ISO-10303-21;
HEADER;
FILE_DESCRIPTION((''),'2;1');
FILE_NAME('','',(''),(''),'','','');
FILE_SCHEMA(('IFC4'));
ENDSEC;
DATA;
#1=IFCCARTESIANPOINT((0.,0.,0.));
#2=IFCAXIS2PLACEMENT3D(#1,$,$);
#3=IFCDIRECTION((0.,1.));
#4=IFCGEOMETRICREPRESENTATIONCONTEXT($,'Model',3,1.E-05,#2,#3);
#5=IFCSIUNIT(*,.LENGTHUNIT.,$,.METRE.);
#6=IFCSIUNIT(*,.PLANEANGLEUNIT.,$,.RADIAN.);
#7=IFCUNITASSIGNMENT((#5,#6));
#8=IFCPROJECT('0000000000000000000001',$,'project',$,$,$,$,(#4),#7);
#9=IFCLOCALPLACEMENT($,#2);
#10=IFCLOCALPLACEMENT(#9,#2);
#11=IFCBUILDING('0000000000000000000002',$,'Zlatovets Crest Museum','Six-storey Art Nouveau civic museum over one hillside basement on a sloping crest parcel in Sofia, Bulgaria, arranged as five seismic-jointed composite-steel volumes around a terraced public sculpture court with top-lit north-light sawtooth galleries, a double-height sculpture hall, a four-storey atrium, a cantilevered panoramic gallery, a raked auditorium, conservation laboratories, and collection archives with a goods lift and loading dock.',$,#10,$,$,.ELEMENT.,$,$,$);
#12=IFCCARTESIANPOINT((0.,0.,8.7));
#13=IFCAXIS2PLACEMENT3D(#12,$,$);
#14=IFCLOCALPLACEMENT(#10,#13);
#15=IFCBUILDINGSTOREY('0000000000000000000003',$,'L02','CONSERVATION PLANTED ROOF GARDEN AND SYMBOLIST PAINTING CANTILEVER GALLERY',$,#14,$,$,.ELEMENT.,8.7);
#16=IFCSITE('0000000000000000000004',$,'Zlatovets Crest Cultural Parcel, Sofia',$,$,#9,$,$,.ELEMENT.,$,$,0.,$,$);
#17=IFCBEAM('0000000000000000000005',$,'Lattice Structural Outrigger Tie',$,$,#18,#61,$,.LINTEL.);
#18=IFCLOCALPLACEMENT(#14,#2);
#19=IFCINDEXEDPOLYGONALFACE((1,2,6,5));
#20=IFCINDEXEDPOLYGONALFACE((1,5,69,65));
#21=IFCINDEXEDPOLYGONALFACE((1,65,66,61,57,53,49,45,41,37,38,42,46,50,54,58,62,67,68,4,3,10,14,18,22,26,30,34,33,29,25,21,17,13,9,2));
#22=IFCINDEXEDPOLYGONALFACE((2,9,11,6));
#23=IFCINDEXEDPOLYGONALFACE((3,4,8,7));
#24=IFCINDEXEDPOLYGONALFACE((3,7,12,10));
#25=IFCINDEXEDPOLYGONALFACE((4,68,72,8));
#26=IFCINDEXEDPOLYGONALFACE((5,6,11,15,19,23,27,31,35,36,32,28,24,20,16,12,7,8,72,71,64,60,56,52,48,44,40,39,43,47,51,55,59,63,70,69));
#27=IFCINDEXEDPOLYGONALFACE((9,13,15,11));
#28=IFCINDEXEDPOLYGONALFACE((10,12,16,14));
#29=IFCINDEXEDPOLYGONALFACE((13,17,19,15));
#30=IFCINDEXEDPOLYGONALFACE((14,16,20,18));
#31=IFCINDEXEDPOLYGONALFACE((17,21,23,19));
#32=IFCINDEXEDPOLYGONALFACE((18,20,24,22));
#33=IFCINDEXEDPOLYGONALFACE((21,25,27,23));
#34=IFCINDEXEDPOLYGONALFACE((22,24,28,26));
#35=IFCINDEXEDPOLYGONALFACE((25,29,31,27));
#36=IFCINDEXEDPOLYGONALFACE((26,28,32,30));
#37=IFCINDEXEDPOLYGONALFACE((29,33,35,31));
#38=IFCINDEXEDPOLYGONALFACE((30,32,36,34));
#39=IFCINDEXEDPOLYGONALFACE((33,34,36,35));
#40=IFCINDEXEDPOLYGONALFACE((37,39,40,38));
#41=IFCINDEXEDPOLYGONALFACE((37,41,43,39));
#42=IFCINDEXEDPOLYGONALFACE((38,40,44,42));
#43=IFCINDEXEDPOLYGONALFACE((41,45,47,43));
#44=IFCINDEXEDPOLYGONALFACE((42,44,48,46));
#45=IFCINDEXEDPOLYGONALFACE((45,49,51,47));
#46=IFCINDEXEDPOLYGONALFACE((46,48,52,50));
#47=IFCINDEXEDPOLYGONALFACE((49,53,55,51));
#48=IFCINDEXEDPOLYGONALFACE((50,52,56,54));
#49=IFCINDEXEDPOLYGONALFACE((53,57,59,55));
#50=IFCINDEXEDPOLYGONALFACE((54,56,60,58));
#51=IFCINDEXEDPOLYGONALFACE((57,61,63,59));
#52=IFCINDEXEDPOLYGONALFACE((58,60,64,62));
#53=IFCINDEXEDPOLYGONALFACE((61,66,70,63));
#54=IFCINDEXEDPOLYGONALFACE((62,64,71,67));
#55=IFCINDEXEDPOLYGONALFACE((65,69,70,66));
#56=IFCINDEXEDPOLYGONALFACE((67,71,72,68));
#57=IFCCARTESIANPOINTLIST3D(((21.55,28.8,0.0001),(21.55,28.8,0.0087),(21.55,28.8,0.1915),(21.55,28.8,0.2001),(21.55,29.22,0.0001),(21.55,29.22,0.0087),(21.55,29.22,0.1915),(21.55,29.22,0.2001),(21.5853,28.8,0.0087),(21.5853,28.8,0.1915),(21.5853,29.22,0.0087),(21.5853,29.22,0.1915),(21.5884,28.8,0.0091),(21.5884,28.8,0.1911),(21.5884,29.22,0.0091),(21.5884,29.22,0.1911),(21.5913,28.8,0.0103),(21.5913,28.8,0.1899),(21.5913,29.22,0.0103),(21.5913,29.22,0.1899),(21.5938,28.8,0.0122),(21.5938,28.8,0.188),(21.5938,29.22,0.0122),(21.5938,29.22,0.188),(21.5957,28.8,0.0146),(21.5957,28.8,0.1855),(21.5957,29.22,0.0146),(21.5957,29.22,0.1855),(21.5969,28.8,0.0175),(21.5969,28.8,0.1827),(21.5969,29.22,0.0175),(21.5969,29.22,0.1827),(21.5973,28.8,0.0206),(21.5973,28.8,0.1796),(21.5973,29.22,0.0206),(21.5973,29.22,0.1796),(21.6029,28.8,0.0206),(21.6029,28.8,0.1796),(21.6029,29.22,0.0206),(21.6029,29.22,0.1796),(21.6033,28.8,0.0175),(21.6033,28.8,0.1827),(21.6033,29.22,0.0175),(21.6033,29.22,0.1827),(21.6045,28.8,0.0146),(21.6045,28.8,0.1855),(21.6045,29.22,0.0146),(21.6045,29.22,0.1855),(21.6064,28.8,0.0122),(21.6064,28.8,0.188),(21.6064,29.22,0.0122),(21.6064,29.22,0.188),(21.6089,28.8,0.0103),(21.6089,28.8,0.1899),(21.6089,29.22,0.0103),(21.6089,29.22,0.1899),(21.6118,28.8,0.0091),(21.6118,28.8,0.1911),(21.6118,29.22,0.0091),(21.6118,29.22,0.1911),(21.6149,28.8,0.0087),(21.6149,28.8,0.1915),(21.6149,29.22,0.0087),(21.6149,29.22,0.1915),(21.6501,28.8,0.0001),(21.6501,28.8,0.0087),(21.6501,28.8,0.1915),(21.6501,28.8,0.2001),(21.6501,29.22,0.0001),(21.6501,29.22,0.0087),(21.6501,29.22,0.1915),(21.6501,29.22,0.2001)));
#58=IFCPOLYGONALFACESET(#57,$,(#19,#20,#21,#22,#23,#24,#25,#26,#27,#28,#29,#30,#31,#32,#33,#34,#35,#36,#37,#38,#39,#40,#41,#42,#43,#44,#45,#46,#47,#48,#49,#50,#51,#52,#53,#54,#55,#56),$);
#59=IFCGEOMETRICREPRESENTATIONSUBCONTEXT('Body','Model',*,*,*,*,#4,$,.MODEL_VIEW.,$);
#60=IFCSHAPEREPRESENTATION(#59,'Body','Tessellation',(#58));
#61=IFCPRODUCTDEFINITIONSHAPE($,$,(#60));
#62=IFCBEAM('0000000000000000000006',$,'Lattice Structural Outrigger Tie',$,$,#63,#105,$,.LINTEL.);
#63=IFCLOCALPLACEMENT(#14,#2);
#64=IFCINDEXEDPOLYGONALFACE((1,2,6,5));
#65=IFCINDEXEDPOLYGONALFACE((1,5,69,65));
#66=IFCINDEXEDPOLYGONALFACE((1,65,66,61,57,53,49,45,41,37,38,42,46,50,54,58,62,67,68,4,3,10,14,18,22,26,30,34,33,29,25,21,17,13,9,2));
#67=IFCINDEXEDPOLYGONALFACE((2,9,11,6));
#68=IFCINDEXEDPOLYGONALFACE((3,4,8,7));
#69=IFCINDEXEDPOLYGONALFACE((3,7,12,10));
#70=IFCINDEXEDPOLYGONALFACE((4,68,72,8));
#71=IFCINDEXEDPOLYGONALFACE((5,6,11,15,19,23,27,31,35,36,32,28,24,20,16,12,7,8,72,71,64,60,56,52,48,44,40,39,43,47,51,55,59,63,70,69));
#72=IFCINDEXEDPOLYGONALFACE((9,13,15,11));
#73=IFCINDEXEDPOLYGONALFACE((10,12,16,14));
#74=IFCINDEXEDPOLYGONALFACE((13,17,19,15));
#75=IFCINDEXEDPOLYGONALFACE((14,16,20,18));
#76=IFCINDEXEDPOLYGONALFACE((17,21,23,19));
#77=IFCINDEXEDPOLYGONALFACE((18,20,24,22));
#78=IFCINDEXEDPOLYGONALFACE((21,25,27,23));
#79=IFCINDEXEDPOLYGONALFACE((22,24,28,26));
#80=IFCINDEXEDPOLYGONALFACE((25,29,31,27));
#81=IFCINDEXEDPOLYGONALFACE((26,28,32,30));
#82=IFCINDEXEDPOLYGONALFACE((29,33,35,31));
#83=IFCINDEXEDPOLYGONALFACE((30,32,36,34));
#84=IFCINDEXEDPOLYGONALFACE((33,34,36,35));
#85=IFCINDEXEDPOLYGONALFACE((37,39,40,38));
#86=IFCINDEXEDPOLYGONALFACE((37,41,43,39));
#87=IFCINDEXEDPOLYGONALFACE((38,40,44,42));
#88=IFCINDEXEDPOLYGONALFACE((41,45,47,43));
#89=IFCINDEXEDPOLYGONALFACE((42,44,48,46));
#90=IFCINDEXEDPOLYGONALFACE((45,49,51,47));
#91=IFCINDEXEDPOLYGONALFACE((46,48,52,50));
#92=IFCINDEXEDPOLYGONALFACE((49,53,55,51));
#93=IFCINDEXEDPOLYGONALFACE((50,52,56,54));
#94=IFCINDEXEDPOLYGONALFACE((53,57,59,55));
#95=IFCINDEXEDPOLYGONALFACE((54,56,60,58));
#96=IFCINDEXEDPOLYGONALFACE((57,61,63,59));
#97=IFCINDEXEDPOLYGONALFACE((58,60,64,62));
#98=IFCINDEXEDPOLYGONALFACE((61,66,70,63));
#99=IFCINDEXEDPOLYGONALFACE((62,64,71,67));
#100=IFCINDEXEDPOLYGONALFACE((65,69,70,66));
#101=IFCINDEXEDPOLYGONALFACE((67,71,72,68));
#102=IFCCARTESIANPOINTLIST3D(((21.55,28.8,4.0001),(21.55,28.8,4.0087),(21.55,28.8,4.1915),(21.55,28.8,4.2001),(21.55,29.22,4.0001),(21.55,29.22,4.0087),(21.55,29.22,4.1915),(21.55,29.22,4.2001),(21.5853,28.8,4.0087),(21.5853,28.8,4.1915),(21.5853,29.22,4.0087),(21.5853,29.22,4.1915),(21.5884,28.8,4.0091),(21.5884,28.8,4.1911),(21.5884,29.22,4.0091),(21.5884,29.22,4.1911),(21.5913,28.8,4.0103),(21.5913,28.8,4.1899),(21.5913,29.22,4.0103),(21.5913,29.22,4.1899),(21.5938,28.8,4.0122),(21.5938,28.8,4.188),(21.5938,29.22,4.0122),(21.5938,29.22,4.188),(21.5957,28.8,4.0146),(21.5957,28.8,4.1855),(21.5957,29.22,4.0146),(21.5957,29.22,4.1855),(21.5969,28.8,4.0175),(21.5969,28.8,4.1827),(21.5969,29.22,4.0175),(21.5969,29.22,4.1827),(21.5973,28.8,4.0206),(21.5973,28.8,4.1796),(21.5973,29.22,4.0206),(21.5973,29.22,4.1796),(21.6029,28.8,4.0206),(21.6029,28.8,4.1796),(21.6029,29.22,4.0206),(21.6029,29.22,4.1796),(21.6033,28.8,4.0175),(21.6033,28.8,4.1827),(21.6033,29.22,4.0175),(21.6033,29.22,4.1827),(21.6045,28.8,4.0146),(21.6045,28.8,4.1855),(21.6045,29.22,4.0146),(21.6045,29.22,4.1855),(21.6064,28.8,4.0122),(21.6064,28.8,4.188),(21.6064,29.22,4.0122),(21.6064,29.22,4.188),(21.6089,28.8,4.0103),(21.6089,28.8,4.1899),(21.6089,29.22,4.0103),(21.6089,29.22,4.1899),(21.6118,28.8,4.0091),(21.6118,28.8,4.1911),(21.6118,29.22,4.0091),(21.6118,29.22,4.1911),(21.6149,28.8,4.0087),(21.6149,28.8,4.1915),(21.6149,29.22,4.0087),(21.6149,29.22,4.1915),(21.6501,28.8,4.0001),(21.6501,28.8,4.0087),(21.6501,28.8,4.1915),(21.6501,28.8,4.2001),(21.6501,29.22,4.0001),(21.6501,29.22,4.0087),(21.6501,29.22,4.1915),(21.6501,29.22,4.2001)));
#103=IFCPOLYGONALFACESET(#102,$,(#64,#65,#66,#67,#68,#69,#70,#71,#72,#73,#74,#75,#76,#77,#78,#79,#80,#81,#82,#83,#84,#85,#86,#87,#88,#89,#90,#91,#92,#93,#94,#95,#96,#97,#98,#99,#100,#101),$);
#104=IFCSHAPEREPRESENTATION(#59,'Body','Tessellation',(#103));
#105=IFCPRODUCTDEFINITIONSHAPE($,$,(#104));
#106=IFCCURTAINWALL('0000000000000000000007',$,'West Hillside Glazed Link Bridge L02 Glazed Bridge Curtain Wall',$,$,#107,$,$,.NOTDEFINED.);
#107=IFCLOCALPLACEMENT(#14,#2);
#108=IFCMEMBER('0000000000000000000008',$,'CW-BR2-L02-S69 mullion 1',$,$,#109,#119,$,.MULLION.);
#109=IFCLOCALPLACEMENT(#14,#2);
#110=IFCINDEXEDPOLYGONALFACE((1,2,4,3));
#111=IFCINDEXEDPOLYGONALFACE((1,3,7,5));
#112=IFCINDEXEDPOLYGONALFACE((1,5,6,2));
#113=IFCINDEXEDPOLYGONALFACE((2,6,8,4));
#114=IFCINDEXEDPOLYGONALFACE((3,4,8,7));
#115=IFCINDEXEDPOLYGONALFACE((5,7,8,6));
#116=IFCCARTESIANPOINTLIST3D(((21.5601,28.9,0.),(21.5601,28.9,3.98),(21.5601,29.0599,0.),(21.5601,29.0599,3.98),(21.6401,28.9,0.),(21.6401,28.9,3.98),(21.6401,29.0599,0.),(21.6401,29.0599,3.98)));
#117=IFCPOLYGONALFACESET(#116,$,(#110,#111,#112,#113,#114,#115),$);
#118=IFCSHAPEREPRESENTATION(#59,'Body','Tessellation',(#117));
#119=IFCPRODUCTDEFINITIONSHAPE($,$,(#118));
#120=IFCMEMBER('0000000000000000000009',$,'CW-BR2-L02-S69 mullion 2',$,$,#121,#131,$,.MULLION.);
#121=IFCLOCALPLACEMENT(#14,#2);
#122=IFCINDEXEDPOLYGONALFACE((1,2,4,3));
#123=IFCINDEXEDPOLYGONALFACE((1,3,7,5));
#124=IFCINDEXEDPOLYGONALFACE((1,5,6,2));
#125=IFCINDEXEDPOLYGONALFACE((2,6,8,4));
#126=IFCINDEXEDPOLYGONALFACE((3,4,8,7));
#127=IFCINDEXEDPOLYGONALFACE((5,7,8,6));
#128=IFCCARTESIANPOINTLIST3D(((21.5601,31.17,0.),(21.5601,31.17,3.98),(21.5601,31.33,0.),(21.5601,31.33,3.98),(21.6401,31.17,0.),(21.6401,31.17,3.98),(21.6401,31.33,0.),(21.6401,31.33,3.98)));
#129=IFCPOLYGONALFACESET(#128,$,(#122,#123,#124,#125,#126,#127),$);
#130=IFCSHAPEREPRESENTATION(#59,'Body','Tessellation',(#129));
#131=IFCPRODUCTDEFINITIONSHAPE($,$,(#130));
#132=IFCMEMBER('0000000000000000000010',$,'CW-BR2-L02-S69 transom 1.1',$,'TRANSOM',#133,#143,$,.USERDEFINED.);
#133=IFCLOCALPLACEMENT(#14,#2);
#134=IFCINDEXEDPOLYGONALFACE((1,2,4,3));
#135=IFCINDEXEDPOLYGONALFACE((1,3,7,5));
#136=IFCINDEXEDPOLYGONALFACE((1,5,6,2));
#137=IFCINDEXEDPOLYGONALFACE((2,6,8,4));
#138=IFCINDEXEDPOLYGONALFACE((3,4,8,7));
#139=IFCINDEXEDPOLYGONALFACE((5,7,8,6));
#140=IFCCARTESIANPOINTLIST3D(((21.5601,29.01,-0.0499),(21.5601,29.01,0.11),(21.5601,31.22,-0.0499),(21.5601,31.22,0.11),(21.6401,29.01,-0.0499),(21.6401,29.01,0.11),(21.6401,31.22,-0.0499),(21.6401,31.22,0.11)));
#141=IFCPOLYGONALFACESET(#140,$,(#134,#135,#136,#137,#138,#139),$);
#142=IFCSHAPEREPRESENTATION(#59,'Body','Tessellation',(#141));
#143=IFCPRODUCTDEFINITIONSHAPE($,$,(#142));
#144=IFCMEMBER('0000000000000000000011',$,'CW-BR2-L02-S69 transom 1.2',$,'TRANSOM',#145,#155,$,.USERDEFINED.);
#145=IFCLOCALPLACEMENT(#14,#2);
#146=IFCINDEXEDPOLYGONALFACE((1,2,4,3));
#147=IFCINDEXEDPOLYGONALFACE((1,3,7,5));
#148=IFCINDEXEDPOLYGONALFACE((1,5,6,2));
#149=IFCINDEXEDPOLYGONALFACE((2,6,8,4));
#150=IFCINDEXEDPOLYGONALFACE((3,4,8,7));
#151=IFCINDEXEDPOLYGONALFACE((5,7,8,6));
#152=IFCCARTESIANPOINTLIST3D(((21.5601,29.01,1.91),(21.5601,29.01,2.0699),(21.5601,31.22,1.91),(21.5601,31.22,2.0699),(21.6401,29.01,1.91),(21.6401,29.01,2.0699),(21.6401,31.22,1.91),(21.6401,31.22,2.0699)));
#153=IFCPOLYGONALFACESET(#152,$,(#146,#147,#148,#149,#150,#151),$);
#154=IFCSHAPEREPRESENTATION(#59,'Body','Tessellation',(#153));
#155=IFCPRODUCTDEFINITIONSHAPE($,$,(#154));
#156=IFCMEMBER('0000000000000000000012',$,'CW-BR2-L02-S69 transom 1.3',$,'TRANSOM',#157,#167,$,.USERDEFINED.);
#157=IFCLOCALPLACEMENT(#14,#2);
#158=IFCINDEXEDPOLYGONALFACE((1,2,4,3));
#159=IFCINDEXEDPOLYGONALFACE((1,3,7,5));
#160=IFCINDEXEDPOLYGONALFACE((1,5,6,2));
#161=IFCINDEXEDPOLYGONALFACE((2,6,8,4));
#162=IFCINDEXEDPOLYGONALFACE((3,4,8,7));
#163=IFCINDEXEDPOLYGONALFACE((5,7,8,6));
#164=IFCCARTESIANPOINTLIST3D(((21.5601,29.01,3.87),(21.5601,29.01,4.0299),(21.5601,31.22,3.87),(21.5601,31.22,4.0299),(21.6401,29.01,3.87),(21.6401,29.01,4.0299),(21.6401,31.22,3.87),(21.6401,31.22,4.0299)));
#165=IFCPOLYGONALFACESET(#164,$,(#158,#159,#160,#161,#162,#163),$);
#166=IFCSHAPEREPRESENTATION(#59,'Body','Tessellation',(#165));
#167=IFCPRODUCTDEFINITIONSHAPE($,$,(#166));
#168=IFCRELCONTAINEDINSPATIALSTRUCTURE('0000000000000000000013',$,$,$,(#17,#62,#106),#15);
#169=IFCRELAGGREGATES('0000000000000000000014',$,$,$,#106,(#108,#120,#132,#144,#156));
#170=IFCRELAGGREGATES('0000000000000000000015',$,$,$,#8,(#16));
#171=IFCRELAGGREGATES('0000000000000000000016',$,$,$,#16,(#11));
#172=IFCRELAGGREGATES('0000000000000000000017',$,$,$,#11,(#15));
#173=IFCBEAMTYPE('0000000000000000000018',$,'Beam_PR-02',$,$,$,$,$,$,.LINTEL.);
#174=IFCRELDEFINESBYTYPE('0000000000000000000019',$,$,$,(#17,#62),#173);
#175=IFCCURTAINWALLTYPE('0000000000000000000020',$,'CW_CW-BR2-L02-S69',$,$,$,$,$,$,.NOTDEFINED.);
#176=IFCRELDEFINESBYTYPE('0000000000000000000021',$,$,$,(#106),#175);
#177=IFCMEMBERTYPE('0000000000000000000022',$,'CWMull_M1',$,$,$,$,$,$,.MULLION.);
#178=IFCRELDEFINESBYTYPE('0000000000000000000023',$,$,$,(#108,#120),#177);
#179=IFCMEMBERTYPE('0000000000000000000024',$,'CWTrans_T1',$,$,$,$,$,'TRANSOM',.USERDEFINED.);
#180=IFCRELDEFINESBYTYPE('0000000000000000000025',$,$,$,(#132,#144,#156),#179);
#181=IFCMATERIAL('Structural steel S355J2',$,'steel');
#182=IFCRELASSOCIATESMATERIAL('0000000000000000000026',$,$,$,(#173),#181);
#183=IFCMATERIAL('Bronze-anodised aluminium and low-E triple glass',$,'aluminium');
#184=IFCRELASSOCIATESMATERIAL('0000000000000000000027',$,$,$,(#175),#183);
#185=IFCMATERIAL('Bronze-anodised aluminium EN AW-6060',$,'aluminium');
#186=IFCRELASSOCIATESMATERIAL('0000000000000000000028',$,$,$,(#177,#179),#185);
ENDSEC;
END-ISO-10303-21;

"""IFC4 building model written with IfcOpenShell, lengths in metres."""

from ifc_helpers import new_model, si_unit, direction, frame, origin, origin_2d, place, context, subcontext, project, spatial, rectangle, i_section, extrude, material, material_profile, profile_set, type_object, element, aggregate, save


model = new_model("IFC4")

# Units and contexts
model_context = context("Model", 3, precision=1e-05, world=origin(), true_north=direction((0.0, 1.0)))
body_context = subcontext(model_context, "Body", "Model", "MODEL_VIEW")
ifc_project = project(units=[si_unit("LENGTHUNIT", "METRE"), si_unit("PLANEANGLEUNIT", "RADIAN")], contexts=[model_context])

# Site, building, storey
site_placement = place(None, origin())
site = spatial("IfcSite", under=ifc_project, at=site_placement, Name="Zlatovets Crest Cultural Parcel, Sofia", CompositionType="ELEMENT", RefElevation=0.0)
building_placement = place(site_placement, origin())
building = spatial("IfcBuilding", under=site, at=building_placement, Name="Zlatovets Crest Museum", Description="Six-storey Art Nouveau civic museum over one hillside basement on a sloping crest parcel in Sofia, Bulgaria, arranged as five seismic-jointed composite-steel volumes around a terraced public sculpture court with top-lit north-light sawtooth galleries, a double-height sculpture hall, a four-storey atrium, a cantilevered panoramic gallery, a raked auditorium, conservation laboratories, and collection archives with a goods lift and loading dock.", CompositionType="ELEMENT")
storey_placement = place(building_placement, frame((0.0, 0.0, 8.7)))
storey = spatial("IfcBuildingStorey", under=building, at=storey_placement, Name="L02", Description="CONSERVATION PLANTED ROOF GARDEN AND SYMBOLIST PAINTING CANTILEVER GALLERY", CompositionType="ELEMENT", Elevation=8.7)

# Shared definitions
ifc_material_1 = material(Name="Structural steel S355J2", Category="steel")

# Beams
ifc_material_profile_1 = material_profile(ifc_material_1, i_section(OverallWidth=0.1001, OverallDepth=0.2, WebThickness=0.0056, FlangeThickness=0.0085, FilletRadius=0.012, at=origin_2d()), Name="IPE 200")
ifc_profile_set_1 = profile_set([ifc_material_profile_1], Name="Structural steel S355J2")
beam_type_1 = type_object("IfcBeamType", Name="Beam_PR-02", PredefinedType="LINTEL", material=ifc_profile_set_1)
for number, where, z_axis, x_axis, name in (
    (1, (21.6001, 28.8, 0.1001), (0.0, 1.0, 0.0), (-1.0, 0.0, 0.0), "Lattice Structural Outrigger Tie"),
    (2, (21.6001, 28.8, 4.1001), (0.0, 1.0, 0.0), (-1.0, 0.0, 0.0), "Lattice Structural Outrigger Tie"),
):
    element("IfcBeam", number, at=place(storey_placement, frame(where, z_axis=z_axis, x_axis=x_axis)), inside=storey, type_object=beam_type_1, Name=name, PredefinedType="LINTEL", context=body_context, shape_type="SweptSolid", body=[
        extrude(i_section(OverallWidth=0.1001, OverallDepth=0.2, WebThickness=0.0056, FlangeThickness=0.0085, FilletRadius=0.012, at=origin_2d()), origin(), (0.0, 0.0, 1.0), 0.4199),
    ])

# Curtain wall, members
ifc_material_2 = material(Name="Bronze-anodised aluminium and low-E triple glass", Category="aluminium")
curtain_wall_type = type_object("IfcCurtainWallType", Name="CW_CW-BR2-L02-S69", PredefinedType="NOTDEFINED", material=ifc_material_2)
curtain_wall_placement = place(storey_placement, origin())
curtain_wall = element("IfcCurtainWall", 3, at=curtain_wall_placement, inside=storey, type_object=curtain_wall_type, Name="West Hillside Glazed Link Bridge L02 Glazed Bridge Curtain Wall", PredefinedType="NOTDEFINED")
ifc_material_3 = material(Name="Bronze-anodised aluminium EN AW-6060", Category="aluminium")
ifc_material_profile_2 = material_profile(ifc_material_3, rectangle(XDim=0.0801, YDim=0.1599, at=origin_2d()), Name="ALU 80x160")
ifc_profile_set_2 = profile_set([ifc_material_profile_2], Name="Bronze-anodised aluminium EN AW-6060")
member_type_1 = type_object("IfcMemberType", Name="CWMull_M1", PredefinedType="MULLION", material=ifc_profile_set_2)
member_1_placement = place(storey_placement, frame((21.6001, 28.98, 0.0), z_axis=(0.0, 0.0, 1.0), x_axis=(-1.0, 0.0, 0.0)))
member_1 = element("IfcMember", 4, at=member_1_placement, type_object=member_type_1, Name="CW-BR2-L02-S69 mullion 1", PredefinedType="MULLION", context=body_context, shape_type="SweptSolid", body=[
    extrude(rectangle(XDim=0.0801, YDim=0.1599, at=origin_2d()), origin(), (0.0, 0.0, 1.0), 3.98),
])
member_2_placement = place(storey_placement, frame((21.6001, 31.25, 0.0), z_axis=(0.0, 0.0, 1.0), x_axis=(-1.0, 0.0, 0.0)))
member_2 = element("IfcMember", 5, at=member_2_placement, type_object=member_type_1, Name="CW-BR2-L02-S69 mullion 2", PredefinedType="MULLION", context=body_context, shape_type="SweptSolid", body=[
    extrude(rectangle(XDim=0.0801, YDim=0.1599, at=origin_2d()), origin(), (0.0, 0.0, 1.0), 3.98),
])
ifc_material_profile_3 = material_profile(ifc_material_3, rectangle(XDim=0.0801, YDim=0.1599, at=origin_2d()), Name="ALU 80x160")
ifc_profile_set_3 = profile_set([ifc_material_profile_3], Name="Bronze-anodised aluminium EN AW-6060")
member_type_2 = type_object("IfcMemberType", Name="CWTrans_T1", ElementType="TRANSOM", PredefinedType="USERDEFINED", material=ifc_profile_set_3)
member_3_placement = place(storey_placement, frame((21.6001, 29.01, 0.03), z_axis=(0.0, 1.0, 0.0), x_axis=(-1.0, 0.0, 0.0)))
member_3 = element("IfcMember", 6, at=member_3_placement, type_object=member_type_2, Name="CW-BR2-L02-S69 transom 1.1", ObjectType="TRANSOM", PredefinedType="USERDEFINED", context=body_context, shape_type="SweptSolid", body=[
    extrude(rectangle(XDim=0.0801, YDim=0.1599, at=origin_2d()), origin(), (0.0, 0.0, 1.0), 2.21),
])
member_4_placement = place(storey_placement, frame((21.6001, 29.01, 1.99), z_axis=(0.0, 1.0, 0.0), x_axis=(-1.0, 0.0, 0.0)))
member_4 = element("IfcMember", 7, at=member_4_placement, type_object=member_type_2, Name="CW-BR2-L02-S69 transom 1.2", ObjectType="TRANSOM", PredefinedType="USERDEFINED", context=body_context, shape_type="SweptSolid", body=[
    extrude(rectangle(XDim=0.0801, YDim=0.1599, at=origin_2d()), origin(), (0.0, 0.0, 1.0), 2.21),
])
member_5_placement = place(storey_placement, frame((21.6001, 29.01, 3.95), z_axis=(0.0, 1.0, 0.0), x_axis=(-1.0, 0.0, 0.0)))
member_5 = element("IfcMember", 8, at=member_5_placement, type_object=member_type_2, Name="CW-BR2-L02-S69 transom 1.3", ObjectType="TRANSOM", PredefinedType="USERDEFINED", context=body_context, shape_type="SweptSolid", body=[
    extrude(rectangle(XDim=0.0801, YDim=0.1599, at=origin_2d()), origin(), (0.0, 0.0, 1.0), 2.21),
])

aggregate(curtain_wall, [member_1, member_2, member_3, member_4, member_5])

save(model, "model.ifc")
